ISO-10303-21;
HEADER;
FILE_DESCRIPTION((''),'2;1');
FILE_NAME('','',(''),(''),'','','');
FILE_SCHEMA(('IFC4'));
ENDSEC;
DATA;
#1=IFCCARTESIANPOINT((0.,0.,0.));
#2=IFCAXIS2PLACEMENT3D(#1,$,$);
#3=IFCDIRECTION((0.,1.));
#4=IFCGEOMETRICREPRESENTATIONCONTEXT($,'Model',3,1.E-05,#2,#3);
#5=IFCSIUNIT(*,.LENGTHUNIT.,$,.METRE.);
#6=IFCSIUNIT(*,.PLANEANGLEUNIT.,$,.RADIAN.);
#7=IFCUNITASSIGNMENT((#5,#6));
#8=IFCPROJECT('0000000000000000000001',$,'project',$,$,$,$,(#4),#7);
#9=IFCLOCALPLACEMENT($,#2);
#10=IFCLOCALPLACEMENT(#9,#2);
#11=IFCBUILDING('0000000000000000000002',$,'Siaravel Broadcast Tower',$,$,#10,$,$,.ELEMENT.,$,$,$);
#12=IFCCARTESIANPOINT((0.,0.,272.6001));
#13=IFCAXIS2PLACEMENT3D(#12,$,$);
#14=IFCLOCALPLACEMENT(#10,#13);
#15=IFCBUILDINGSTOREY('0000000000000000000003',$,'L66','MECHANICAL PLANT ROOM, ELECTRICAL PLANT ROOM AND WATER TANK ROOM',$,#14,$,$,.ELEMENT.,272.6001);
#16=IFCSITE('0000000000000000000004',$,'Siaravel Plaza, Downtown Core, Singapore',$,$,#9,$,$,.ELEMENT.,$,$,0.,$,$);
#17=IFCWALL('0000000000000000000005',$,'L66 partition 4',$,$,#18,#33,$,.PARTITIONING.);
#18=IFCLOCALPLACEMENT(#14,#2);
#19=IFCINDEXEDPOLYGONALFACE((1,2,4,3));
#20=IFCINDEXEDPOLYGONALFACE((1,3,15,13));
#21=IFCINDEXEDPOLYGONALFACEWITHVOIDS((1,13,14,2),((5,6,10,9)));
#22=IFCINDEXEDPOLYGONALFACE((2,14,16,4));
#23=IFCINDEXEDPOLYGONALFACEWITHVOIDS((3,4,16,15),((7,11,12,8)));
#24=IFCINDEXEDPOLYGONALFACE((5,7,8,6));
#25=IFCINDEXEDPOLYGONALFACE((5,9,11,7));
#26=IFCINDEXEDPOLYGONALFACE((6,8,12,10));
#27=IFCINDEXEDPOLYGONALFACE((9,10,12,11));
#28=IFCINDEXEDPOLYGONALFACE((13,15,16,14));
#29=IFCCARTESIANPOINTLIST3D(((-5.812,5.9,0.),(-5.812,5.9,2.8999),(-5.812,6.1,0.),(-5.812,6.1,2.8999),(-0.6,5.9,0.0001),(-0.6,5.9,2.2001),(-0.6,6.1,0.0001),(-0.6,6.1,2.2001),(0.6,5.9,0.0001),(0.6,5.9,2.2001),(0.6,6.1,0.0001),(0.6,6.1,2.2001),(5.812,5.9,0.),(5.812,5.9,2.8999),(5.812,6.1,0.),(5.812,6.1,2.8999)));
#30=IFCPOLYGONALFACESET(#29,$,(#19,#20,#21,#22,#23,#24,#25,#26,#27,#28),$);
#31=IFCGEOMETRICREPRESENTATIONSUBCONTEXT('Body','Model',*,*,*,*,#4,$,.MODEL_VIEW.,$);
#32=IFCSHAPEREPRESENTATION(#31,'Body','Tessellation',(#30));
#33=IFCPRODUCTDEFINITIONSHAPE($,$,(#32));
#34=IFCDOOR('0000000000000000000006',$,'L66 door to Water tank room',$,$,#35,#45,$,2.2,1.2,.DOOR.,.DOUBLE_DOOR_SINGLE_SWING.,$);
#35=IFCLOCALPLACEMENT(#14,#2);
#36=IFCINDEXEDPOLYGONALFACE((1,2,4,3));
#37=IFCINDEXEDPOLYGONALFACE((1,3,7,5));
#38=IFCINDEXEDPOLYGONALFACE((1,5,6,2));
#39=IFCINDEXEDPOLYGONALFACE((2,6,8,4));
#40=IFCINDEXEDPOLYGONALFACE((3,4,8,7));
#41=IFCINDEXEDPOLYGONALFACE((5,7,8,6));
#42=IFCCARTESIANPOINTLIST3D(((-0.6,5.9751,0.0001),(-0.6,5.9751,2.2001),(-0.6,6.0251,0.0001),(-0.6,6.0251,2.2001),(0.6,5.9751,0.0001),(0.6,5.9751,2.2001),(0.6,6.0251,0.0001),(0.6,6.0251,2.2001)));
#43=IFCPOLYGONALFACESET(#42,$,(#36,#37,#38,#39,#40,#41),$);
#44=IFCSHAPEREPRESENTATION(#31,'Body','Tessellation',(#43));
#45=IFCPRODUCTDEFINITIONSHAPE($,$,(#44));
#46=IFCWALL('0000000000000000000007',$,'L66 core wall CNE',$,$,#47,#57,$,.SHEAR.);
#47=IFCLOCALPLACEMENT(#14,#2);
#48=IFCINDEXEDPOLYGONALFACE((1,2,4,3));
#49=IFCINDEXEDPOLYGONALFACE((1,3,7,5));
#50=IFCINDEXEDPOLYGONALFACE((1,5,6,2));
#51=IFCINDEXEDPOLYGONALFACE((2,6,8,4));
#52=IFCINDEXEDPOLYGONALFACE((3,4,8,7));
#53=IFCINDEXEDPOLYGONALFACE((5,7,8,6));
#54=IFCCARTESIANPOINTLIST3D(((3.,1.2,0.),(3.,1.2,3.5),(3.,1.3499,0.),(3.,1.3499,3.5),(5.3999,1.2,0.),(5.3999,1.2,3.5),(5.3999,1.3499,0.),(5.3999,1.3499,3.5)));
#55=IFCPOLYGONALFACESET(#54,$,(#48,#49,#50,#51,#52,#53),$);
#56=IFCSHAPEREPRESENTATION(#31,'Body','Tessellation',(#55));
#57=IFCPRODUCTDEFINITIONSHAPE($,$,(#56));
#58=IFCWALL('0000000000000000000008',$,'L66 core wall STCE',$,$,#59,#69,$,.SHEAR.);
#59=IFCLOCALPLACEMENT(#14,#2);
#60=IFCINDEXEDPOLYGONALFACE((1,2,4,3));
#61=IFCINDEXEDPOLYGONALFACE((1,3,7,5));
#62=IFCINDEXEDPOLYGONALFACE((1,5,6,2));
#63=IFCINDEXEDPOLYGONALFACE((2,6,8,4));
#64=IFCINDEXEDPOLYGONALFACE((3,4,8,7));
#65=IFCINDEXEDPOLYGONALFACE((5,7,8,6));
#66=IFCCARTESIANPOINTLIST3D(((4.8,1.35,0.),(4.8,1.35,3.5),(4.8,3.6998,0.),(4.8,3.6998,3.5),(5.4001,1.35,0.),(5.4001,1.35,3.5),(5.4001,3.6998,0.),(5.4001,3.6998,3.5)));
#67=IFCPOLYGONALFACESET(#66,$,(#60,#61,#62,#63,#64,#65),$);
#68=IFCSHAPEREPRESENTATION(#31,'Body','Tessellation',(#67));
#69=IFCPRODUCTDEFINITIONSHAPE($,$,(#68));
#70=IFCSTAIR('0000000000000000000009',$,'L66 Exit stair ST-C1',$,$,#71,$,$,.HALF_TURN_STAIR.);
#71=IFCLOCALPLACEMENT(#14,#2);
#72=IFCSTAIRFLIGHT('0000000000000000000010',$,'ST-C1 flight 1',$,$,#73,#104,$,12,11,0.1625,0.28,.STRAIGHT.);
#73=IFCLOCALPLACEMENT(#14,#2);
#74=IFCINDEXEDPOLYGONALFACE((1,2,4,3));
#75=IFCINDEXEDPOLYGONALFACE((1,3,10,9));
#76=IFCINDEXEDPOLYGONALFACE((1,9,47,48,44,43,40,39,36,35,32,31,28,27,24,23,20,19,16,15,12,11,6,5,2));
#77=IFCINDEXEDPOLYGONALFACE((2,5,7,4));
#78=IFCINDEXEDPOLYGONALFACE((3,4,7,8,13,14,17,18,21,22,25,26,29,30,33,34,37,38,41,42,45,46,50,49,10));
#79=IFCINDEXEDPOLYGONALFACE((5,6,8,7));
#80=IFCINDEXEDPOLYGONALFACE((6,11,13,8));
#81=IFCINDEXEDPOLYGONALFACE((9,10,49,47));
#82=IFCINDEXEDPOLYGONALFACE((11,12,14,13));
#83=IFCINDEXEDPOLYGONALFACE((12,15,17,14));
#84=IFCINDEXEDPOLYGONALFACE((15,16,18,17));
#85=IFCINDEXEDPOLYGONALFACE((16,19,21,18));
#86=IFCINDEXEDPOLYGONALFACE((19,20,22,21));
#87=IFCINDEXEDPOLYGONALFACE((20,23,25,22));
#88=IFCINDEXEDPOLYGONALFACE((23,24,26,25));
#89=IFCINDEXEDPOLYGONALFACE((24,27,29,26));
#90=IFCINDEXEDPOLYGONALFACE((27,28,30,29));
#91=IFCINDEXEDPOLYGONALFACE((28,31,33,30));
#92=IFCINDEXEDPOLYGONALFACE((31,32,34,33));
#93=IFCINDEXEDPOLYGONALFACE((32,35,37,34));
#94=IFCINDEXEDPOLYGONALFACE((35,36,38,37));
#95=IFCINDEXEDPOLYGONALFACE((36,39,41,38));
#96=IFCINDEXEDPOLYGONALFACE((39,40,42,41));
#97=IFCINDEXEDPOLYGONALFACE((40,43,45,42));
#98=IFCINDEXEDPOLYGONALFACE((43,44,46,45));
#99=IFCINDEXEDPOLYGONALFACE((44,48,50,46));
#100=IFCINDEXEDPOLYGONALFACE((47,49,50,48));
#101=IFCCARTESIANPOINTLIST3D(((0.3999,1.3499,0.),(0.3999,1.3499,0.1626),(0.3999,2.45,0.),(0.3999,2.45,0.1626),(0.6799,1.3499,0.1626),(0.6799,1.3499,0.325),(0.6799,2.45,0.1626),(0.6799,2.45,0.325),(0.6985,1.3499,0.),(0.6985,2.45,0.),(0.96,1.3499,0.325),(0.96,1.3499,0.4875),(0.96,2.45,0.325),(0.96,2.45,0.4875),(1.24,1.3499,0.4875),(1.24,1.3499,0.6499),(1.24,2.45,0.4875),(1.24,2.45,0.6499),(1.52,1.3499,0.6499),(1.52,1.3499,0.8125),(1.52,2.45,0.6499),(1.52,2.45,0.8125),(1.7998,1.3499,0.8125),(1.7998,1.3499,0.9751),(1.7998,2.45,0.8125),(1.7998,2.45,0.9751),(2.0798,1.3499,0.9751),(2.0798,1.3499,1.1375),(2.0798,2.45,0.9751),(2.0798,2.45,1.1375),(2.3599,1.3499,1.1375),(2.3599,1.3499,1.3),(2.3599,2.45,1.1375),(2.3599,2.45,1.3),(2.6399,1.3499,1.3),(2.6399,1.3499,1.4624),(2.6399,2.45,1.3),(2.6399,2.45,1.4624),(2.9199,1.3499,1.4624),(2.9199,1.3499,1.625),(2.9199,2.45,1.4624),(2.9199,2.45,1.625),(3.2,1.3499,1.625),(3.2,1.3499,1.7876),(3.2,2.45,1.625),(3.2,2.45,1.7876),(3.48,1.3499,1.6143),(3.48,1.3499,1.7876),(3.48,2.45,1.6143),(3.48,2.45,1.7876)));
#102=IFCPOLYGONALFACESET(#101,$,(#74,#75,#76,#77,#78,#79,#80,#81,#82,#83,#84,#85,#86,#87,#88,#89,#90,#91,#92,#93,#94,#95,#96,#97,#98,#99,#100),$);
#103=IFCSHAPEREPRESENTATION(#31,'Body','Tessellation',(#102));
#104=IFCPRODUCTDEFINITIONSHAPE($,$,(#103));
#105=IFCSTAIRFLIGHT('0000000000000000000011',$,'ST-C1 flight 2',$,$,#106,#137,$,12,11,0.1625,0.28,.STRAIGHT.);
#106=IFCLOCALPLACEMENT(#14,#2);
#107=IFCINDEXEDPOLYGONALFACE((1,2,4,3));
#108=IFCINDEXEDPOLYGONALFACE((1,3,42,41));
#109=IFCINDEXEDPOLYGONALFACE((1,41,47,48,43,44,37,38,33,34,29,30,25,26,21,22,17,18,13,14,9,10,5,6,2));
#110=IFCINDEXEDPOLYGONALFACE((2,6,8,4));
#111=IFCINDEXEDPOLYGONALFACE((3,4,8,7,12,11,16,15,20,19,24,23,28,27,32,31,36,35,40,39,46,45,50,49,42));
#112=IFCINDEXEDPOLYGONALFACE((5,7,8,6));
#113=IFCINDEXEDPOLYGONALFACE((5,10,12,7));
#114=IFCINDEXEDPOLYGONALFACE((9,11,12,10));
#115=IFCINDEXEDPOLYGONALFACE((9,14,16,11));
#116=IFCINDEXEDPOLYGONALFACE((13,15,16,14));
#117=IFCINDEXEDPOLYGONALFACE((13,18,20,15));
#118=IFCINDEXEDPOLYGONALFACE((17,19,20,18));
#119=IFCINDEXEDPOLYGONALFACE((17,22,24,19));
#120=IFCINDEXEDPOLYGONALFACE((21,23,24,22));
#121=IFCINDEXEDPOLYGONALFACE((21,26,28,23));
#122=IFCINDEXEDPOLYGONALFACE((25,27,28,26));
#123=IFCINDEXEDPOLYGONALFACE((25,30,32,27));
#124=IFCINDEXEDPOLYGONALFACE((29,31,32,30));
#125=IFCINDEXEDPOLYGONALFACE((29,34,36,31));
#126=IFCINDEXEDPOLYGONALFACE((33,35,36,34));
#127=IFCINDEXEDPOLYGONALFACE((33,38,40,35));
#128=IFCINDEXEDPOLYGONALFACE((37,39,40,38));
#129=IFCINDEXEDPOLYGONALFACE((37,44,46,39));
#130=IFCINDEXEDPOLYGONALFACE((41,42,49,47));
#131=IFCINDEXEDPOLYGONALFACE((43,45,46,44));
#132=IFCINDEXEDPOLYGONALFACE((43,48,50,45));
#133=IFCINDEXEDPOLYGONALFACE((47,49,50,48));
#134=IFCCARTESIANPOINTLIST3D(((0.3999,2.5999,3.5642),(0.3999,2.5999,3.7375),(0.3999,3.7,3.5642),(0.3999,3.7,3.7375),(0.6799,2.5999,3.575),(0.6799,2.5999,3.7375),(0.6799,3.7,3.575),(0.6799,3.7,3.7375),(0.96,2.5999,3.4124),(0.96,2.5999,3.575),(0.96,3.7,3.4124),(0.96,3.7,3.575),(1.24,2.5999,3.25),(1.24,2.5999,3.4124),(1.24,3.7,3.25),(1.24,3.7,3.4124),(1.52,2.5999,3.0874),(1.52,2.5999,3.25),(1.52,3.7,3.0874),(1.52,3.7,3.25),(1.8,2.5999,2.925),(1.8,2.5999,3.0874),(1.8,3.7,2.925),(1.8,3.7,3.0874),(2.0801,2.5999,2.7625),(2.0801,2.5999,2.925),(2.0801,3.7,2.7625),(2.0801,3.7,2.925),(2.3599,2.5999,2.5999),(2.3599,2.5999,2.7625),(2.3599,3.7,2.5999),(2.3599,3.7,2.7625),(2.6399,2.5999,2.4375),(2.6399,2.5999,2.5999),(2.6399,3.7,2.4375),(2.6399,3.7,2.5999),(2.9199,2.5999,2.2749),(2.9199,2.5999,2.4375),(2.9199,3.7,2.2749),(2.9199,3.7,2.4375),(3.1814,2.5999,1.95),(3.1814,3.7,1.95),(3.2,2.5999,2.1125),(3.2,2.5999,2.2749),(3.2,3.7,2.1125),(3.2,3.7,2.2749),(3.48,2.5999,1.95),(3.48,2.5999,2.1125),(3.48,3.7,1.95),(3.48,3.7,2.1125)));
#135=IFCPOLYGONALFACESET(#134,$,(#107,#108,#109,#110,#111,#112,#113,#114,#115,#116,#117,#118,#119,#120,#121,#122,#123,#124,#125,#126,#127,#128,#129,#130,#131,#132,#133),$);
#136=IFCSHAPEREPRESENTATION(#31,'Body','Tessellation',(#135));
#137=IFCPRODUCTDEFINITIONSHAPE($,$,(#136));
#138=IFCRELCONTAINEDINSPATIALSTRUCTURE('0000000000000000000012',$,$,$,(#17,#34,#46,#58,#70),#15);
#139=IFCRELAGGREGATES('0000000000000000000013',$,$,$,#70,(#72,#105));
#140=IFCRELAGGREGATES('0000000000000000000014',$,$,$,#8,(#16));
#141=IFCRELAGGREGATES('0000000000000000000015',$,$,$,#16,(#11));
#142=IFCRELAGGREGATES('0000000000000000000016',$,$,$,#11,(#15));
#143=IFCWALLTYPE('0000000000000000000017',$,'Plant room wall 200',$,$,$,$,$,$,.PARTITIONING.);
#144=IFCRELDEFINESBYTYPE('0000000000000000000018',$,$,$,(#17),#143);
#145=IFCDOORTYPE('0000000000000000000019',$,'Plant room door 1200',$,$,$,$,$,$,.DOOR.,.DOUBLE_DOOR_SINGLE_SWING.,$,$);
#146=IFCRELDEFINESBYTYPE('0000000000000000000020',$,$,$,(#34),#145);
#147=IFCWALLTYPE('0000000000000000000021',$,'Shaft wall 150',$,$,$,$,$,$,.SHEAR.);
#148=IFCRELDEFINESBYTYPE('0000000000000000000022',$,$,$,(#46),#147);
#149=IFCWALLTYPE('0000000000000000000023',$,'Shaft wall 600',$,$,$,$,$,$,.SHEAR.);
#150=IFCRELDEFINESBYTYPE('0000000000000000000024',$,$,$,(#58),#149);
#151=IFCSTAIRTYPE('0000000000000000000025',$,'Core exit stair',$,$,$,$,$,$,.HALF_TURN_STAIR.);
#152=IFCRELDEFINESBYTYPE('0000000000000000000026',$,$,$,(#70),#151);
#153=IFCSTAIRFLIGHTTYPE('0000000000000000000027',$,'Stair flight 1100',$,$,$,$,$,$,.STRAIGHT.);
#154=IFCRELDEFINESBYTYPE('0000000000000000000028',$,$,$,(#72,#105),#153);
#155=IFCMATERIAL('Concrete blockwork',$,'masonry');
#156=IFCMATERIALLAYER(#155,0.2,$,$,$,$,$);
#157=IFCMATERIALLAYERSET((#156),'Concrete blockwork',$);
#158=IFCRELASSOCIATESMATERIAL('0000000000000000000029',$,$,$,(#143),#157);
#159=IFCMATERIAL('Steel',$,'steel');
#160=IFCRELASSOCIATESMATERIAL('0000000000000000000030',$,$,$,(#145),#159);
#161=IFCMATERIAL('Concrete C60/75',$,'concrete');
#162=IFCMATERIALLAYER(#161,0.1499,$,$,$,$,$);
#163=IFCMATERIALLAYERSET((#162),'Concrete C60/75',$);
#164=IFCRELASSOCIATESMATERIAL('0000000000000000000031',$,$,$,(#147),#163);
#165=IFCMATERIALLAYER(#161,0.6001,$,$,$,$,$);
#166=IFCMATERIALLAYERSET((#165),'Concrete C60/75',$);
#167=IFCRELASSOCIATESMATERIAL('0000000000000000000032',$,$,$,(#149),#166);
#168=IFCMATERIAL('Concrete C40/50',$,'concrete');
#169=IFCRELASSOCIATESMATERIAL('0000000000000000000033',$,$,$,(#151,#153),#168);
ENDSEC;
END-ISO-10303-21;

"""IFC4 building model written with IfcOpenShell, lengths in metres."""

from ifc_helpers import new_model, si_unit, direction, frame, frame_2d, origin, place, context, subcontext, project, spatial, polyline, rectangle, outline, extrude, material, layer, layer_set, type_object, element, fill, aggregate, save


model = new_model("IFC4")

# Units and contexts
model_context = context("Model", 3, precision=1e-05, world=origin(), true_north=direction((0.0, 1.0)))
body_context = subcontext(model_context, "Body", "Model", "MODEL_VIEW")
ifc_project = project(units=[si_unit("LENGTHUNIT", "METRE"), si_unit("PLANEANGLEUNIT", "RADIAN")], contexts=[model_context])

# Site, building, storey
site_placement = place(None, origin())
site = spatial("IfcSite", under=ifc_project, at=site_placement, Name="Siaravel Plaza, Downtown Core, Singapore", CompositionType="ELEMENT", RefElevation=0.0)
building_placement = place(site_placement, origin())
building = spatial("IfcBuilding", under=site, at=building_placement, Name="Siaravel Broadcast Tower", CompositionType="ELEMENT")
storey_placement = place(building_placement, frame((0.0, 0.0, 272.6001)))
storey = spatial("IfcBuildingStorey", under=building, at=storey_placement, Name="L66", Description="MECHANICAL PLANT ROOM, ELECTRICAL PLANT ROOM AND WATER TANK ROOM", CompositionType="ELEMENT", Elevation=272.6001)

# Wall, opening, door
ifc_material_1 = material(Name="Concrete blockwork", Category="masonry")
ifc_layer_1 = layer(ifc_material_1, 0.2)
ifc_layer_set_1 = layer_set([ifc_layer_1], Name="Concrete blockwork")
wall_type_1 = type_object("IfcWallType", Name="Plant room wall 200", PredefinedType="PARTITIONING", material=ifc_layer_set_1)
wall_1_placement = place(storey_placement, frame((5.812, 6.0, 0.0), z_axis=(0.0, 0.0, 1.0), x_axis=(-1.0, 0.0, 0.0)))
wall_1 = element("IfcWall", 1, at=wall_1_placement, inside=storey, type_object=wall_type_1, Name="L66 partition 4", PredefinedType="PARTITIONING", context=body_context, shape_type="SweptSolid", body=[
    extrude(rectangle(XDim=11.624, YDim=0.2, at=frame_2d((5.812, 0.0))), origin(), (0.0, 0.0, 1.0), 2.8999),
])
opening_placement = place(wall_1_placement, frame((5.2119, 0.0, 0.0)))
opening = element("IfcOpeningElement", 2, at=opening_placement, cuts=wall_1, PredefinedType="OPENING", context=body_context, shape_type="SweptSolid", body=[
    extrude(rectangle(XDim=1.2, YDim=2.2, at=frame_2d((0.6001, 1.1001))), frame((0.0, 0.1099, 0.0), z_axis=(0.0, -1.0, 0.0), x_axis=(1.0, 0.0, 0.0)), (0.0, 0.0, 1.0), 0.22),
])
ifc_material_2 = material(Name="Steel", Category="steel")
door_type = type_object("IfcDoorType", Name="Plant room door 1200", OperationType="DOUBLE_DOOR_SINGLE_SWING", PredefinedType="DOOR", material=ifc_material_2)
door_placement = place(opening_placement, origin())
door = element("IfcDoor", 3, at=door_placement, inside=storey, type_object=door_type, Name="L66 door to Water tank room", OperationType="DOUBLE_DOOR_SINGLE_SWING", OverallHeight=2.2, OverallWidth=1.2, PredefinedType="DOOR", context=body_context, shape_type="SweptSolid", body=[
    extrude(rectangle(XDim=1.2, YDim=2.2, at=frame_2d((0.6001, 1.1001))), frame((0.0, 0.0249, 0.0), z_axis=(0.0, -1.0, 0.0), x_axis=(1.0, 0.0, 0.0)), (0.0, 0.0, 1.0), 0.05),
])
fill(opening, door)

# Walls
ifc_material_3 = material(Name="Concrete C60/75", Category="concrete")
ifc_layer_2 = layer(ifc_material_3, 0.1499)
ifc_layer_set_2 = layer_set([ifc_layer_2], Name="Concrete C60/75")
wall_type_2 = type_object("IfcWallType", Name="Shaft wall 150", PredefinedType="SHEAR", material=ifc_layer_set_2)
wall_2_placement = place(storey_placement, frame((3.0, 1.2749, 0.0), z_axis=(0.0, 0.0, 1.0), x_axis=(1.0, 0.0, 0.0)))
element("IfcWall", 4, at=wall_2_placement, inside=storey, type_object=wall_type_2, Name="L66 core wall CNE", PredefinedType="SHEAR", context=body_context, shape_type="SweptSolid", body=[
    extrude(rectangle(XDim=2.3999, YDim=0.1499, at=frame_2d((1.2, 0.0))), origin(), (0.0, 0.0, 1.0), 3.5),
])
ifc_layer_3 = layer(ifc_material_3, 0.6001)
ifc_layer_set_3 = layer_set([ifc_layer_3], Name="Concrete C60/75")
wall_type_3 = type_object("IfcWallType", Name="Shaft wall 600", PredefinedType="SHEAR", material=ifc_layer_set_3)
wall_3_placement = place(storey_placement, frame((5.1001, 1.3501, 0.0), z_axis=(0.0, 0.0, 1.0), x_axis=(0.0, 1.0, 0.0)))
element("IfcWall", 5, at=wall_3_placement, inside=storey, type_object=wall_type_3, Name="L66 core wall STCE", PredefinedType="SHEAR", context=body_context, shape_type="SweptSolid", body=[
    extrude(rectangle(XDim=2.3499, YDim=0.6001, at=frame_2d((1.1748, 0.0))), origin(), (0.0, 0.0, 1.0), 3.5),
])

# Stair, stair flights
ifc_material_4 = material(Name="Concrete C40/50", Category="concrete")
stair_type = type_object("IfcStairType", Name="Core exit stair", PredefinedType="HALF_TURN_STAIR", material=ifc_material_4)
stair_placement = place(storey_placement, origin())
stair = element("IfcStair", 6, at=stair_placement, inside=storey, type_object=stair_type, Name="L66 Exit stair ST-C1", PredefinedType="HALF_TURN_STAIR")
stair_flight_type = type_object("IfcStairFlightType", Name="Stair flight 1100", PredefinedType="STRAIGHT", material=ifc_material_4)
stair_flight_1_placement = place(storey_placement, frame((0.3999, 1.8999, 0.0), z_axis=(0.0, 0.0, 1.0), x_axis=(1.0, 0.0, 0.0)))
stair_flight_1 = element("IfcStairFlight", 7, at=stair_flight_1_placement, type_object=stair_flight_type, Name="ST-C1 flight 1", NumberOfRisers=12, NumberOfTreads=11, PredefinedType="STRAIGHT", RiserHeight=0.1625, TreadLength=0.28, context=body_context, shape_type="SweptSolid", body=[
    extrude(outline(polyline([(0.0, 0.0), (0.0, 0.1626), (0.28, 0.1626), (0.28, 0.325), (0.5601, 0.325), (0.5601, 0.4875), (0.8401, 0.4875), (0.8401, 0.6499), (1.1201, 0.6499), (1.1201, 0.8125), (1.3999, 0.8125), (1.3999, 0.9751), (1.6799, 0.9751), (1.6799, 1.1375), (1.96, 1.1375), (1.96, 1.3), (2.24, 1.3), (2.24, 1.4624), (2.52, 1.4624), (2.52, 1.625), (2.8, 1.625), (2.8, 1.7876), (3.0801, 1.7876), (3.0801, 1.95), (3.0801, 1.6143), (0.2986, 0.0), (0.0, 0.0)])), frame((0.0, 0.55, 0.0), z_axis=(0.0, -1.0, 0.0), x_axis=(1.0, 0.0, 0.0)), (0.0, 0.0, 1.0), 1.1001),
])
stair_flight_2_placement = place(storey_placement, frame((3.48, 3.1499, 1.95), z_axis=(0.0, 0.0, 1.0), x_axis=(-1.0, 0.0, 0.0)))
stair_flight_2 = element("IfcStairFlight", 8, at=stair_flight_2_placement, type_object=stair_flight_type, Name="ST-C1 flight 2", NumberOfRisers=12, NumberOfTreads=11, PredefinedType="STRAIGHT", RiserHeight=0.1625, TreadLength=0.28, context=body_context, shape_type="SweptSolid", body=[
    extrude(outline(polyline([(0.0, 0.0), (0.0, 0.1626), (0.28, 0.1626), (0.28, 0.325), (0.5601, 0.325), (0.5601, 0.4875), (0.8401, 0.4875), (0.8401, 0.6499), (1.1201, 0.6499), (1.1201, 0.8125), (1.3999, 0.8125), (1.3999, 0.9751), (1.6799, 0.9751), (1.6799, 1.1375), (1.96, 1.1375), (1.96, 1.3), (2.24, 1.3), (2.24, 1.4624), (2.52, 1.4624), (2.52, 1.625), (2.8, 1.625), (2.8, 1.7876), (3.0801, 1.7876), (3.0801, 1.95), (3.0801, 1.6143), (0.2986, 0.0), (0.0, 0.0)])), frame((0.0, 0.55, 0.0), z_axis=(0.0, -1.0, 0.0), x_axis=(1.0, 0.0, 0.0)), (0.0, 0.0, 1.0), 1.1001),
])
aggregate(stair, [stair_flight_1, stair_flight_2])

save(model, "model.ifc")
